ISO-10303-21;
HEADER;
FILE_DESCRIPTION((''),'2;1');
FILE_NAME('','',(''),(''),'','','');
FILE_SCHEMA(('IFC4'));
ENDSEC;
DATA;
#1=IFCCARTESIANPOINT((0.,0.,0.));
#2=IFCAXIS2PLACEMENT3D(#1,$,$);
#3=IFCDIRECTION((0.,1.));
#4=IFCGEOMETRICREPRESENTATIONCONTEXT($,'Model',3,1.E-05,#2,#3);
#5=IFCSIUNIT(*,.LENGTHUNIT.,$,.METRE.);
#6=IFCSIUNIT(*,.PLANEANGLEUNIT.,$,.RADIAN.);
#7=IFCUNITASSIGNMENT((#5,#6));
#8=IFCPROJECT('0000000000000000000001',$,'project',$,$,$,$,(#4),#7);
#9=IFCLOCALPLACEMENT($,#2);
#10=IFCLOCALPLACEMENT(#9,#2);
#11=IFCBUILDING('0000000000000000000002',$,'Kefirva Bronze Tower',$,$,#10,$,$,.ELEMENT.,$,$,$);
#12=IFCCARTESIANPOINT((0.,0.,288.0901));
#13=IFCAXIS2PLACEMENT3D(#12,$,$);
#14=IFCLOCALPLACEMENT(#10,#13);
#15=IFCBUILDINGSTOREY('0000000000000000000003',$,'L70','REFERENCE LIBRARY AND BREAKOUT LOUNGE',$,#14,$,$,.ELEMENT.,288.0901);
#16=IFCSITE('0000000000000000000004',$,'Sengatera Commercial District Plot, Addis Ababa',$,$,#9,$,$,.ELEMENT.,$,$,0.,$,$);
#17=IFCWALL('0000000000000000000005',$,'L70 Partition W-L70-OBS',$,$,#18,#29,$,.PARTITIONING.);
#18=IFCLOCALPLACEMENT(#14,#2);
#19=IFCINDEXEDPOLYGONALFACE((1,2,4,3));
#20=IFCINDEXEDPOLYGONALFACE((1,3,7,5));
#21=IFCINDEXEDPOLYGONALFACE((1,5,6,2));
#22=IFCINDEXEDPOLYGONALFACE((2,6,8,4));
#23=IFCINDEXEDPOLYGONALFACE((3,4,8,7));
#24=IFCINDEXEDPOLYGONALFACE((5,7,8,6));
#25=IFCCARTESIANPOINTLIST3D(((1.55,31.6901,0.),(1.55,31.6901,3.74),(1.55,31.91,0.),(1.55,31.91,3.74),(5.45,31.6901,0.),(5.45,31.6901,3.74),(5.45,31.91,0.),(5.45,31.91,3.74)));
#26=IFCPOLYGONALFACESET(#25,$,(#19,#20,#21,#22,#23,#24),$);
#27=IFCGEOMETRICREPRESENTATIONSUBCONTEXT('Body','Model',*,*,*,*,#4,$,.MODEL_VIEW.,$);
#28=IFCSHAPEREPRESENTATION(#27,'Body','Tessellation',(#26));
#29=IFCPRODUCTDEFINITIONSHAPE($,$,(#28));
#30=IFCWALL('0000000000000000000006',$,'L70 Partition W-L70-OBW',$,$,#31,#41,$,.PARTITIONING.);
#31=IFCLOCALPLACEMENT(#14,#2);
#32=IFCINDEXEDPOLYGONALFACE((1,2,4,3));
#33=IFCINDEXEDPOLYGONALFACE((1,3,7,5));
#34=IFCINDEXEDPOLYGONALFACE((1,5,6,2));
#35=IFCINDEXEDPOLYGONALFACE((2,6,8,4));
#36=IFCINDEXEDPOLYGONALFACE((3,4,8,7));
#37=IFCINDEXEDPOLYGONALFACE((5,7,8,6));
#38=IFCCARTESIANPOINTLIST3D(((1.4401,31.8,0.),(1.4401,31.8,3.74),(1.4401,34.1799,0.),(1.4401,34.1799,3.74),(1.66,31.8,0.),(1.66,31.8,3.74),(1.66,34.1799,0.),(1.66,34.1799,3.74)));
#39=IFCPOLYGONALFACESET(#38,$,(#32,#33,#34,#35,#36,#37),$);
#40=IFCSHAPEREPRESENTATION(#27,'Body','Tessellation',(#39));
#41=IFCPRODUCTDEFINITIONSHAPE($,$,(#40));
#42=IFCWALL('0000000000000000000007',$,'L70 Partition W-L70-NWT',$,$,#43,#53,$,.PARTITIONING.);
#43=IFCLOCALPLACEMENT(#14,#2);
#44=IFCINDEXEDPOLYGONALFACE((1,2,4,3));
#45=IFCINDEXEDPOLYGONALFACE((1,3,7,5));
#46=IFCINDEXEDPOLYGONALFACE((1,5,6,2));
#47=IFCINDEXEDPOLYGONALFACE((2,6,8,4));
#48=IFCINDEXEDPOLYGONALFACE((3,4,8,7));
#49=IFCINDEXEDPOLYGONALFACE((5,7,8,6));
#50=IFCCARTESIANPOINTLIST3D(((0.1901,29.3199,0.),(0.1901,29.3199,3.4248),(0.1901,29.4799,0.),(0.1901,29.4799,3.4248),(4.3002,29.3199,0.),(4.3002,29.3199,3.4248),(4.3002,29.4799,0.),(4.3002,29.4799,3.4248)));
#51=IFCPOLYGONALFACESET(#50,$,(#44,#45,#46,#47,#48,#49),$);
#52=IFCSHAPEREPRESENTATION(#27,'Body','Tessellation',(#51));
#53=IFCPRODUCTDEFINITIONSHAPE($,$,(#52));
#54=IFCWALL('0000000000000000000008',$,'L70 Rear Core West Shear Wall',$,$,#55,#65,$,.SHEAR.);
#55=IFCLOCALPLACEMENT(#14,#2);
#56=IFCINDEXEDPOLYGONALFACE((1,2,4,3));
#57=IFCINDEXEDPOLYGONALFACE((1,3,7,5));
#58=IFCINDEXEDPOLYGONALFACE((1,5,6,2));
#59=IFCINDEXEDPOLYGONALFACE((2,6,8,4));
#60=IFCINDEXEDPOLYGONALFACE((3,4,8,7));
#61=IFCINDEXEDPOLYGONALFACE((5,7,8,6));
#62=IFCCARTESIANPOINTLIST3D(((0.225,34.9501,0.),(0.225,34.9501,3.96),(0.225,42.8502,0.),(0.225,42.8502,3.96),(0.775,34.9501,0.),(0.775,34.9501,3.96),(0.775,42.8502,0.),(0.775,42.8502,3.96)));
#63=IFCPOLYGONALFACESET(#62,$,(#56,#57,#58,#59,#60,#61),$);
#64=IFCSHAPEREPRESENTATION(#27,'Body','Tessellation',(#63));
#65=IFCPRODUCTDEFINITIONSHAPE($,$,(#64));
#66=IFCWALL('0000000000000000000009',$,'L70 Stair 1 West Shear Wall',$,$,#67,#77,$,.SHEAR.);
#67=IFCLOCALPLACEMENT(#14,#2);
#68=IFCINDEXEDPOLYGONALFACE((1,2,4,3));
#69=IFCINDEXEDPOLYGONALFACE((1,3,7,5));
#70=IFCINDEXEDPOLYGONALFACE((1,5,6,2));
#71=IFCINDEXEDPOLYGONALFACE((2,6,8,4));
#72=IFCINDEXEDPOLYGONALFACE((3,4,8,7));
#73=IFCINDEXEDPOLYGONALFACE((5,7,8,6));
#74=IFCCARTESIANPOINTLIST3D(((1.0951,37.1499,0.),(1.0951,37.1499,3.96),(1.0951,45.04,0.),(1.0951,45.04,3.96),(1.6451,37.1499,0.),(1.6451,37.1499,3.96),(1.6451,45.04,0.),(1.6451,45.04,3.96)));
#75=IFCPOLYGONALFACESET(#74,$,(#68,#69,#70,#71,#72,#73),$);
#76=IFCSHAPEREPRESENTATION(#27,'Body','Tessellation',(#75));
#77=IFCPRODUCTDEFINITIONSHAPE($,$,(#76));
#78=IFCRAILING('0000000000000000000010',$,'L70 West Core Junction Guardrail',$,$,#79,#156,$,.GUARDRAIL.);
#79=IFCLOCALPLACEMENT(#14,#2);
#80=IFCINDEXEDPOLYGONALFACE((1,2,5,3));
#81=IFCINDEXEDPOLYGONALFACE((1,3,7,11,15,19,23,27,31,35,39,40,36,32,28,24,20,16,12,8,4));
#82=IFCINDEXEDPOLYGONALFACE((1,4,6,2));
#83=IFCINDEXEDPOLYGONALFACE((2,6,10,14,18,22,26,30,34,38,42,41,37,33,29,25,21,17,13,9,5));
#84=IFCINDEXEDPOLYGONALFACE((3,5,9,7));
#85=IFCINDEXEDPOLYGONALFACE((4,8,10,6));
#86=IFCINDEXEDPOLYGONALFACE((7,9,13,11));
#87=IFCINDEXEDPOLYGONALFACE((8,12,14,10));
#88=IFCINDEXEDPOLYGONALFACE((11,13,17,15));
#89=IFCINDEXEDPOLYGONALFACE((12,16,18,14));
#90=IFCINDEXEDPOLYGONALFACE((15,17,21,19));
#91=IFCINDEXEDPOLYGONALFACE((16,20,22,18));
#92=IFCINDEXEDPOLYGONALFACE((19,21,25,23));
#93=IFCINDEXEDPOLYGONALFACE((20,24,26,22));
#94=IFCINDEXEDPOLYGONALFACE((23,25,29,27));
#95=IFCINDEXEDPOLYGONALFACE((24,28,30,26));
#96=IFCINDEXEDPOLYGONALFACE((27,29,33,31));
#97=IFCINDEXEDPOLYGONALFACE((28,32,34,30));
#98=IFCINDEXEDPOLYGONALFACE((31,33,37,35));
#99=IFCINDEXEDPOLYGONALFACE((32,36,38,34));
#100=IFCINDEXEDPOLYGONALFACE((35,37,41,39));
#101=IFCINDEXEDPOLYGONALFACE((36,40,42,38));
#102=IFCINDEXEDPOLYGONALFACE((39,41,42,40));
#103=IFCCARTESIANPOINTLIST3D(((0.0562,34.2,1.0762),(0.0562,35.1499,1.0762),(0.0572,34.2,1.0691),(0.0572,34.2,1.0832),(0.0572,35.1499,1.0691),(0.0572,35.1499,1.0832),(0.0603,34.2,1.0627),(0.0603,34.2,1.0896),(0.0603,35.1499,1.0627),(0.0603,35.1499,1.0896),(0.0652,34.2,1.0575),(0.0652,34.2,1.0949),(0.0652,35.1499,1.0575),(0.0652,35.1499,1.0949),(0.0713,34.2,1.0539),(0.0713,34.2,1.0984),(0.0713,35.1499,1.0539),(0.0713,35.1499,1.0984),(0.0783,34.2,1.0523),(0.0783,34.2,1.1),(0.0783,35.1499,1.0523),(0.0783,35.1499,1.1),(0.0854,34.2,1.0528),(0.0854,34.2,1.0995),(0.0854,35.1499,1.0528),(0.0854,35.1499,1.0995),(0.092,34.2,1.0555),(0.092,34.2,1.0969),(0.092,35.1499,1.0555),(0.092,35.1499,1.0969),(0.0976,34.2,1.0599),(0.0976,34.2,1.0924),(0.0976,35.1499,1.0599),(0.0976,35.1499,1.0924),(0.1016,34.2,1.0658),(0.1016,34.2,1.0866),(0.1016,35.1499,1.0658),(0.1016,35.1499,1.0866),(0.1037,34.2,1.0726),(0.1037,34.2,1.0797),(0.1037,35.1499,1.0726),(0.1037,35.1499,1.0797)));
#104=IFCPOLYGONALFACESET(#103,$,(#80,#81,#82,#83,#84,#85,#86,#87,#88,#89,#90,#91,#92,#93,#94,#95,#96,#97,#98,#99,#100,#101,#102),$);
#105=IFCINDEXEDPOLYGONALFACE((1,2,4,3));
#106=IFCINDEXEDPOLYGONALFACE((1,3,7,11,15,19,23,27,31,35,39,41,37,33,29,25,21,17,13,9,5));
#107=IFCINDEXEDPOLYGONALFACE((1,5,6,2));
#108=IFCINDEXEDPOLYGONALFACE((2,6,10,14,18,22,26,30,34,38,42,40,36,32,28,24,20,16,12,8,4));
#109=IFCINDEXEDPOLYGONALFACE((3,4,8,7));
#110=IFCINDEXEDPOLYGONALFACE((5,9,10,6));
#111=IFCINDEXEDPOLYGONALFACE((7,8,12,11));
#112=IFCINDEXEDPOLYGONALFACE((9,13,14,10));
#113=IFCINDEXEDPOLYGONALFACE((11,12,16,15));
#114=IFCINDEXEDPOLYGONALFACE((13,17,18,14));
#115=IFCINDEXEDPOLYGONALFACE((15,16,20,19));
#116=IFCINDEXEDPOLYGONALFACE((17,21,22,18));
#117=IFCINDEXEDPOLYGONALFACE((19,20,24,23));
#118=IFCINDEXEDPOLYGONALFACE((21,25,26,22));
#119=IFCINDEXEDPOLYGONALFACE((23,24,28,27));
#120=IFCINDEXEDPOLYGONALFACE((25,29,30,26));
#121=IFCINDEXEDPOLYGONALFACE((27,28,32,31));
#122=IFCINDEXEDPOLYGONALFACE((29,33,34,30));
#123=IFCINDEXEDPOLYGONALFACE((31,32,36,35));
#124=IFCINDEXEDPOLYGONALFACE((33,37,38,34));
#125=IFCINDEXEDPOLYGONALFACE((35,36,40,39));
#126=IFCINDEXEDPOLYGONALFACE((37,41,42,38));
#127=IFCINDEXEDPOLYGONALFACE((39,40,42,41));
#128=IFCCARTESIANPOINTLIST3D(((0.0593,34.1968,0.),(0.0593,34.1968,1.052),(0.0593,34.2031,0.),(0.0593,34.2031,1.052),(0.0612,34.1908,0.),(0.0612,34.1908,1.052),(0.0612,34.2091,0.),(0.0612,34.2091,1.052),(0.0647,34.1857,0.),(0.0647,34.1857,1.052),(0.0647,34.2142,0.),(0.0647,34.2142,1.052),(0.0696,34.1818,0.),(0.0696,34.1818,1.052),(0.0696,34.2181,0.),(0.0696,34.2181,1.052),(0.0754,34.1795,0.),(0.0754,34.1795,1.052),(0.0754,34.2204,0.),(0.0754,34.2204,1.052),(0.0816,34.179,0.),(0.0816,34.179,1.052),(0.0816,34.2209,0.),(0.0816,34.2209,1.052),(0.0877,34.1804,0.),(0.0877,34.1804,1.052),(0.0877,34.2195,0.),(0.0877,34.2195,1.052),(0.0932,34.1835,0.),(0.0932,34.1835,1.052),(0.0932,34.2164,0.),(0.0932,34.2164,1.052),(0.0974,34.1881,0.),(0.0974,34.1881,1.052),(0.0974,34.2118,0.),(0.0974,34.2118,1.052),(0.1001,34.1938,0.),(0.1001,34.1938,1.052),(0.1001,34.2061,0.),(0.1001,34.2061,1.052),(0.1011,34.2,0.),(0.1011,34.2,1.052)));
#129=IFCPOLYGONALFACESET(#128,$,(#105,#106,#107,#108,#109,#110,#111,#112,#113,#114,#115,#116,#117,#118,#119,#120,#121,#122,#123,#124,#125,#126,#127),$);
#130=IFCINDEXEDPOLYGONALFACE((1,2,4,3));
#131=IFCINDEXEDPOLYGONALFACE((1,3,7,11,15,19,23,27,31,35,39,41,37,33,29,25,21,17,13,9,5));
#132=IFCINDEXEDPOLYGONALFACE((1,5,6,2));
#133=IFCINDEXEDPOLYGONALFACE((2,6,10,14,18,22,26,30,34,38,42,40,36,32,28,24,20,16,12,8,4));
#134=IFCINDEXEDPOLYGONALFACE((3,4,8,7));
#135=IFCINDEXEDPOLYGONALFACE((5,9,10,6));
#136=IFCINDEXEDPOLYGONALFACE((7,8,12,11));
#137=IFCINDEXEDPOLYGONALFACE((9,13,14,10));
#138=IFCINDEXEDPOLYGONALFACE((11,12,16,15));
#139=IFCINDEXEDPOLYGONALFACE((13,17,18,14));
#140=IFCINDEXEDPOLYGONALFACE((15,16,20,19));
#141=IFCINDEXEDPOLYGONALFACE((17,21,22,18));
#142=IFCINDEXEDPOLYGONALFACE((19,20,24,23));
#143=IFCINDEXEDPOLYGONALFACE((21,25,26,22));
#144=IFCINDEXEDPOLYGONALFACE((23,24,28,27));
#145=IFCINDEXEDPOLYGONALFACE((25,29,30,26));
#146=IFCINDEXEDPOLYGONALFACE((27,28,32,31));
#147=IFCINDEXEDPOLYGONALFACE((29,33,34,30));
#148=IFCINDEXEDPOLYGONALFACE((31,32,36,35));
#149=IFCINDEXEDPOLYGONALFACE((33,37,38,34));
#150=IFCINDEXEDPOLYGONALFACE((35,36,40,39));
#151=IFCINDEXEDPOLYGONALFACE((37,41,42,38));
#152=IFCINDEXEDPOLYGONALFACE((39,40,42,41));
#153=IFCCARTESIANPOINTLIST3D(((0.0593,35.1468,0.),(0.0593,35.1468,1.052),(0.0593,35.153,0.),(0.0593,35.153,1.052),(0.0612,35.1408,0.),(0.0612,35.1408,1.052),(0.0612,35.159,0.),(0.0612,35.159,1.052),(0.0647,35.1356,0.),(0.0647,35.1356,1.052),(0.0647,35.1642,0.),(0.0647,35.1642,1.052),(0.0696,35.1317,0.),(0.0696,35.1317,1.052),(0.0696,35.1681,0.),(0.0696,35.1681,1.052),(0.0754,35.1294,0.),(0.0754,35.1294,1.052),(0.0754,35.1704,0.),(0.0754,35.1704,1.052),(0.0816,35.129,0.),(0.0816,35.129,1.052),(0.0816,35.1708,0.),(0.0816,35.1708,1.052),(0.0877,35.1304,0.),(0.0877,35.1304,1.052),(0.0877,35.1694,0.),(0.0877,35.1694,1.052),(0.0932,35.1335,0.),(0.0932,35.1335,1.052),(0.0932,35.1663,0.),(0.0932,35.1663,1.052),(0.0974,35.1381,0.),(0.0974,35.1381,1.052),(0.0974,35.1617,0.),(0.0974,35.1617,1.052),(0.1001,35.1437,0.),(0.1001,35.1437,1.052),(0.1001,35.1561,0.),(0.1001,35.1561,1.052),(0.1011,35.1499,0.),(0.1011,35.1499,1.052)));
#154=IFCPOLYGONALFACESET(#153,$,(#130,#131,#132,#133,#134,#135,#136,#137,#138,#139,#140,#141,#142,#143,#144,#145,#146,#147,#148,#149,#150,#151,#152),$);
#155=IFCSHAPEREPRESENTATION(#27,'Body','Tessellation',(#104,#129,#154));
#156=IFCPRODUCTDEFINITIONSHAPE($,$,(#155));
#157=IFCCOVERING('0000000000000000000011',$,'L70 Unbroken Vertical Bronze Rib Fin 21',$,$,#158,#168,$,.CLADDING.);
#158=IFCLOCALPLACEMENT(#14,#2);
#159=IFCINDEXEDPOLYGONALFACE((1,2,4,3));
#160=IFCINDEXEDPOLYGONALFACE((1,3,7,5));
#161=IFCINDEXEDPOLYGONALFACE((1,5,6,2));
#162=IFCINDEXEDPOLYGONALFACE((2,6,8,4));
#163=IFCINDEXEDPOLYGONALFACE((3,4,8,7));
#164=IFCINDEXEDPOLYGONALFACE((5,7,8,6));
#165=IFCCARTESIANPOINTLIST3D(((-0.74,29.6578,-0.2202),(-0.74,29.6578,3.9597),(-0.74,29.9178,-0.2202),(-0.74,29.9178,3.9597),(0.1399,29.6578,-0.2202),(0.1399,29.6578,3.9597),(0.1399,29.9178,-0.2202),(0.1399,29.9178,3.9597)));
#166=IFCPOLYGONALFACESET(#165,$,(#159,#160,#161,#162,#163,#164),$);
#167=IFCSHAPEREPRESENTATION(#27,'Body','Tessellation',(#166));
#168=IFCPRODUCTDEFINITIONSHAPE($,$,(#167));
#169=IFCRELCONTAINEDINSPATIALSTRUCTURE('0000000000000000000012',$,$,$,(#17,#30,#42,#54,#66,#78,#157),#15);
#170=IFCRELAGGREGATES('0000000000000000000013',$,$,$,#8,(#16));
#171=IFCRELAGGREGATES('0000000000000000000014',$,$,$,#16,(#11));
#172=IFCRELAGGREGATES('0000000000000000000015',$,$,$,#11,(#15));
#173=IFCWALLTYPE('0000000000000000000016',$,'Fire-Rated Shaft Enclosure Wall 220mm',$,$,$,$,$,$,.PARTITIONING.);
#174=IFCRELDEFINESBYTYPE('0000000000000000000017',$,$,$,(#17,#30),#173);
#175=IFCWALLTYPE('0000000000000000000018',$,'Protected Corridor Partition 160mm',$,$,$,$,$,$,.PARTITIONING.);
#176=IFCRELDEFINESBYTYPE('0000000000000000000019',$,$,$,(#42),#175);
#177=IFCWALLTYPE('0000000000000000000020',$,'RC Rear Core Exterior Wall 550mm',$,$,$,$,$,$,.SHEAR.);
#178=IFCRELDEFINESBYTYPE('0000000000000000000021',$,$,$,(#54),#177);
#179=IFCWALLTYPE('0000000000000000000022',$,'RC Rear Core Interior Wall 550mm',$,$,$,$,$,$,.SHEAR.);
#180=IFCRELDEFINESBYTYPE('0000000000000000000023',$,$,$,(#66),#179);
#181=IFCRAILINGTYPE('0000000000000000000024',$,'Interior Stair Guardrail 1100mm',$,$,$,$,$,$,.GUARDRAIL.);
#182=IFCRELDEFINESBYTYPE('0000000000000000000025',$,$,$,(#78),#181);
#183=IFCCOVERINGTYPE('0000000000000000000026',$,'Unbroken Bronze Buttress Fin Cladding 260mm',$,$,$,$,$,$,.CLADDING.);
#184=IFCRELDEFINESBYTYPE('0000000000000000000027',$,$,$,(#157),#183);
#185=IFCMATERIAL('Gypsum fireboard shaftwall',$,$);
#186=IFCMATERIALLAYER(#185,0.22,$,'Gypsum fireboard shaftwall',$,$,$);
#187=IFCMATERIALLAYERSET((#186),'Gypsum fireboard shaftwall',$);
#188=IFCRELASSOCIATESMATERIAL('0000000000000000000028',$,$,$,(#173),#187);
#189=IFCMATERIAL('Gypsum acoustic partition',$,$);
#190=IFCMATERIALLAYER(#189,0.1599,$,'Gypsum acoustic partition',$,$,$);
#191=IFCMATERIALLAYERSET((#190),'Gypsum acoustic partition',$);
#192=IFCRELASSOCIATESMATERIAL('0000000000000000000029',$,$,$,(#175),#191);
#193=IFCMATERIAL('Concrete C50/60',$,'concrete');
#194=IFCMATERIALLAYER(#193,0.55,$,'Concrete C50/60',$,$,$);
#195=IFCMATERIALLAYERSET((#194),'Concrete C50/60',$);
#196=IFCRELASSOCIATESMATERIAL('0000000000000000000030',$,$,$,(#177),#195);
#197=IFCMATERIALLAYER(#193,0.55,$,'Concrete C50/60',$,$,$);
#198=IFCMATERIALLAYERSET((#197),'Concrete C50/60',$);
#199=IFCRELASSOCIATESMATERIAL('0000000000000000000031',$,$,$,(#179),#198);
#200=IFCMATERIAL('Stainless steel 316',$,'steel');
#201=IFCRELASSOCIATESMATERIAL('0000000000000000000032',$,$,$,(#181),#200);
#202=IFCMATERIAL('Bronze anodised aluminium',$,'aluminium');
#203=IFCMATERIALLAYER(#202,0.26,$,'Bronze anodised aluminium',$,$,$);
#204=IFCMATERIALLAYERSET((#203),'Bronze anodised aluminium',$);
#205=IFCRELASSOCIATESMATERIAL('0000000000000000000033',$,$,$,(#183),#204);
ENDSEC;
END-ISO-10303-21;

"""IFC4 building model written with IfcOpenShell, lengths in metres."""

from ifc_helpers import new_model, si_unit, direction, frame, frame_2d, origin, origin_2d, place, context, subcontext, project, spatial, rectangle, circle, extrude, material, layer, layer_set, type_object, element, save


model = new_model("IFC4")

# Units and contexts
model_context = context("Model", 3, precision=1e-05, world=origin(), true_north=direction((0.0, 1.0)))
body_context = subcontext(model_context, "Body", "Model", "MODEL_VIEW")
ifc_project = project(units=[si_unit("LENGTHUNIT", "METRE"), si_unit("PLANEANGLEUNIT", "RADIAN")], contexts=[model_context])

# Site, building, storey
site_placement = place(None, origin())
site = spatial("IfcSite", under=ifc_project, at=site_placement, Name="Sengatera Commercial District Plot, Addis Ababa", CompositionType="ELEMENT", RefElevation=0.0)
building_placement = place(site_placement, origin())
building = spatial("IfcBuilding", under=site, at=building_placement, Name="Kefirva Bronze Tower", CompositionType="ELEMENT")
storey_placement = place(building_placement, frame((0.0, 0.0, 288.0901)))
storey = spatial("IfcBuildingStorey", under=building, at=storey_placement, Name="L70", Description="REFERENCE LIBRARY AND BREAKOUT LOUNGE", CompositionType="ELEMENT", Elevation=288.0901)

# Shared definitions
ifc_material_1 = material(Name="Concrete C50/60", Category="concrete")

# Shared definitions
ifc_material_2 = material(Name="Bronze anodised aluminium", Category="aluminium")

# Walls
ifc_material_3 = material(Name="Gypsum fireboard shaftwall")
ifc_layer_1 = layer(ifc_material_3, 0.22, Name="Gypsum fireboard shaftwall")
ifc_layer_set_1 = layer_set([ifc_layer_1], Name="Gypsum fireboard shaftwall")
wall_type_1 = type_object("IfcWallType", Name="Fire-Rated Shaft Enclosure Wall 220mm", PredefinedType="PARTITIONING", material=ifc_layer_set_1)
wall_1_placement = place(storey_placement, frame((1.55, 31.8, 0.0), z_axis=(0.0, 0.0, 1.0), x_axis=(1.0, 0.0, 0.0)))
element("IfcWall", 1, at=wall_1_placement, inside=storey, type_object=wall_type_1, Name="L70 Partition W-L70-OBS", PredefinedType="PARTITIONING", context=body_context, shape_type="SweptSolid", body=[
    extrude(rectangle(XDim=3.8999, YDim=0.22, at=frame_2d((1.95, 0.0))), origin(), (0.0, 0.0, 1.0), 3.74),
])
wall_2_placement = place(storey_placement, frame((1.55, 31.8, 0.0), z_axis=(0.0, 0.0, 1.0), x_axis=(0.0, 1.0, 0.0)))
element("IfcWall", 2, at=wall_2_placement, inside=storey, type_object=wall_type_1, Name="L70 Partition W-L70-OBW", PredefinedType="PARTITIONING", context=body_context, shape_type="SweptSolid", body=[
    extrude(rectangle(XDim=2.3799, YDim=0.22, at=frame_2d((1.1899, 0.0))), origin(), (0.0, 0.0, 1.0), 3.74),
])
ifc_material_4 = material(Name="Gypsum acoustic partition")
ifc_layer_2 = layer(ifc_material_4, 0.1599, Name="Gypsum acoustic partition")
ifc_layer_set_2 = layer_set([ifc_layer_2], Name="Gypsum acoustic partition")
wall_type_2 = type_object("IfcWallType", Name="Protected Corridor Partition 160mm", PredefinedType="PARTITIONING", material=ifc_layer_set_2)
wall_3_placement = place(storey_placement, frame((0.1899, 29.3999, 0.0), z_axis=(0.0, 0.0, 1.0), x_axis=(1.0, 0.0, 0.0)))
element("IfcWall", 3, at=wall_3_placement, inside=storey, type_object=wall_type_2, Name="L70 Partition W-L70-NWT", PredefinedType="PARTITIONING", context=body_context, shape_type="SweptSolid", body=[
    extrude(rectangle(XDim=4.1101, YDim=0.1599, at=frame_2d((2.0552, 0.0))), origin(), (0.0, 0.0, 1.0), 3.4248),
])
ifc_layer_3 = layer(ifc_material_1, 0.55, Name="Concrete C50/60")
ifc_layer_set_3 = layer_set([ifc_layer_3], Name="Concrete C50/60")
wall_type_3 = type_object("IfcWallType", Name="RC Rear Core Exterior Wall 550mm", PredefinedType="SHEAR", material=ifc_layer_set_3)
wall_4_placement = place(storey_placement, frame((0.5, 34.95, 0.0), z_axis=(0.0, 0.0, 1.0), x_axis=(0.0, 1.0, 0.0)))
element("IfcWall", 4, at=wall_4_placement, inside=storey, type_object=wall_type_3, Name="L70 Rear Core West Shear Wall", PredefinedType="SHEAR", context=body_context, shape_type="SweptSolid", body=[
    extrude(rectangle(XDim=7.9001, YDim=0.55, at=frame_2d((3.9502, 0.0))), origin(), (0.0, 0.0, 1.0), 3.96),
])

# Shared definitions
ifc_layer_4 = layer(ifc_material_1, 0.55, Name="Concrete C50/60")
ifc_layer_set_4 = layer_set([ifc_layer_4], Name="Concrete C50/60")
wall_type_4 = type_object("IfcWallType", Name="RC Rear Core Interior Wall 550mm", PredefinedType="SHEAR", material=ifc_layer_set_4)

# Wall
wall_5_placement = place(storey_placement, frame((1.3701, 37.1499, 0.0), z_axis=(0.0, 0.0, 1.0), x_axis=(0.0, 1.0, 0.0)))
element("IfcWall", 5, at=wall_5_placement, inside=storey, type_object=wall_type_4, Name="L70 Stair 1 West Shear Wall", PredefinedType="SHEAR", context=body_context, shape_type="SweptSolid", body=[
    extrude(rectangle(XDim=7.8901, YDim=0.55, at=frame_2d((3.9451, 0.0))), origin(), (0.0, 0.0, 1.0), 3.96),
])

# Railing
ifc_material_5 = material(Name="Stainless steel 316", Category="steel")
railing_type = type_object("IfcRailingType", Name="Interior Stair Guardrail 1100mm", PredefinedType="GUARDRAIL", material=ifc_material_5)
railing_placement = place(storey_placement, frame((0.0801, 34.2, 0.0)))
element("IfcRailing", 6, at=railing_placement, inside=storey, type_object=railing_type, Name="L70 West Core Junction Guardrail", PredefinedType="GUARDRAIL", context=body_context, shape_type="SweptSolid", body=[
    extrude(circle(Radius=0.0239, at=origin_2d()), frame((0.0, 0.0, 1.0762), z_axis=(0.0, 1.0, 0.0), x_axis=(-1.0, 0.0, 0.0)), (0.0, 0.0, 1.0), 0.95),
    extrude(circle(Radius=0.021, at=origin_2d()), origin(), (0.0, 0.0, 1.0), 1.052),
    extrude(circle(Radius=0.021, at=origin_2d()), frame((0.0, 0.95, 0.0)), (0.0, 0.0, 1.0), 1.052),
])

# Covering
ifc_layer_5 = layer(ifc_material_2, 0.26, Name="Bronze anodised aluminium")
ifc_layer_set_5 = layer_set([ifc_layer_5], Name="Bronze anodised aluminium")
covering_type = type_object("IfcCoveringType", Name="Unbroken Bronze Buttress Fin Cladding 260mm", PredefinedType="CLADDING", material=ifc_layer_set_5)
covering_placement = place(storey_placement, frame((-0.3, 29.7878, -0.2202), z_axis=(0.0, 0.0, 1.0), x_axis=(0.0, -1.0, 0.0)))
element("IfcCovering", 7, at=covering_placement, inside=storey, type_object=covering_type, Name="L70 Unbroken Vertical Bronze Rib Fin 21", PredefinedType="CLADDING", context=body_context, shape_type="SweptSolid", body=[
    extrude(rectangle(XDim=0.26, YDim=0.8799, at=origin_2d()), origin(), (0.0, 0.0, 1.0), 4.1799),
])

save(model, "model.ifc")
